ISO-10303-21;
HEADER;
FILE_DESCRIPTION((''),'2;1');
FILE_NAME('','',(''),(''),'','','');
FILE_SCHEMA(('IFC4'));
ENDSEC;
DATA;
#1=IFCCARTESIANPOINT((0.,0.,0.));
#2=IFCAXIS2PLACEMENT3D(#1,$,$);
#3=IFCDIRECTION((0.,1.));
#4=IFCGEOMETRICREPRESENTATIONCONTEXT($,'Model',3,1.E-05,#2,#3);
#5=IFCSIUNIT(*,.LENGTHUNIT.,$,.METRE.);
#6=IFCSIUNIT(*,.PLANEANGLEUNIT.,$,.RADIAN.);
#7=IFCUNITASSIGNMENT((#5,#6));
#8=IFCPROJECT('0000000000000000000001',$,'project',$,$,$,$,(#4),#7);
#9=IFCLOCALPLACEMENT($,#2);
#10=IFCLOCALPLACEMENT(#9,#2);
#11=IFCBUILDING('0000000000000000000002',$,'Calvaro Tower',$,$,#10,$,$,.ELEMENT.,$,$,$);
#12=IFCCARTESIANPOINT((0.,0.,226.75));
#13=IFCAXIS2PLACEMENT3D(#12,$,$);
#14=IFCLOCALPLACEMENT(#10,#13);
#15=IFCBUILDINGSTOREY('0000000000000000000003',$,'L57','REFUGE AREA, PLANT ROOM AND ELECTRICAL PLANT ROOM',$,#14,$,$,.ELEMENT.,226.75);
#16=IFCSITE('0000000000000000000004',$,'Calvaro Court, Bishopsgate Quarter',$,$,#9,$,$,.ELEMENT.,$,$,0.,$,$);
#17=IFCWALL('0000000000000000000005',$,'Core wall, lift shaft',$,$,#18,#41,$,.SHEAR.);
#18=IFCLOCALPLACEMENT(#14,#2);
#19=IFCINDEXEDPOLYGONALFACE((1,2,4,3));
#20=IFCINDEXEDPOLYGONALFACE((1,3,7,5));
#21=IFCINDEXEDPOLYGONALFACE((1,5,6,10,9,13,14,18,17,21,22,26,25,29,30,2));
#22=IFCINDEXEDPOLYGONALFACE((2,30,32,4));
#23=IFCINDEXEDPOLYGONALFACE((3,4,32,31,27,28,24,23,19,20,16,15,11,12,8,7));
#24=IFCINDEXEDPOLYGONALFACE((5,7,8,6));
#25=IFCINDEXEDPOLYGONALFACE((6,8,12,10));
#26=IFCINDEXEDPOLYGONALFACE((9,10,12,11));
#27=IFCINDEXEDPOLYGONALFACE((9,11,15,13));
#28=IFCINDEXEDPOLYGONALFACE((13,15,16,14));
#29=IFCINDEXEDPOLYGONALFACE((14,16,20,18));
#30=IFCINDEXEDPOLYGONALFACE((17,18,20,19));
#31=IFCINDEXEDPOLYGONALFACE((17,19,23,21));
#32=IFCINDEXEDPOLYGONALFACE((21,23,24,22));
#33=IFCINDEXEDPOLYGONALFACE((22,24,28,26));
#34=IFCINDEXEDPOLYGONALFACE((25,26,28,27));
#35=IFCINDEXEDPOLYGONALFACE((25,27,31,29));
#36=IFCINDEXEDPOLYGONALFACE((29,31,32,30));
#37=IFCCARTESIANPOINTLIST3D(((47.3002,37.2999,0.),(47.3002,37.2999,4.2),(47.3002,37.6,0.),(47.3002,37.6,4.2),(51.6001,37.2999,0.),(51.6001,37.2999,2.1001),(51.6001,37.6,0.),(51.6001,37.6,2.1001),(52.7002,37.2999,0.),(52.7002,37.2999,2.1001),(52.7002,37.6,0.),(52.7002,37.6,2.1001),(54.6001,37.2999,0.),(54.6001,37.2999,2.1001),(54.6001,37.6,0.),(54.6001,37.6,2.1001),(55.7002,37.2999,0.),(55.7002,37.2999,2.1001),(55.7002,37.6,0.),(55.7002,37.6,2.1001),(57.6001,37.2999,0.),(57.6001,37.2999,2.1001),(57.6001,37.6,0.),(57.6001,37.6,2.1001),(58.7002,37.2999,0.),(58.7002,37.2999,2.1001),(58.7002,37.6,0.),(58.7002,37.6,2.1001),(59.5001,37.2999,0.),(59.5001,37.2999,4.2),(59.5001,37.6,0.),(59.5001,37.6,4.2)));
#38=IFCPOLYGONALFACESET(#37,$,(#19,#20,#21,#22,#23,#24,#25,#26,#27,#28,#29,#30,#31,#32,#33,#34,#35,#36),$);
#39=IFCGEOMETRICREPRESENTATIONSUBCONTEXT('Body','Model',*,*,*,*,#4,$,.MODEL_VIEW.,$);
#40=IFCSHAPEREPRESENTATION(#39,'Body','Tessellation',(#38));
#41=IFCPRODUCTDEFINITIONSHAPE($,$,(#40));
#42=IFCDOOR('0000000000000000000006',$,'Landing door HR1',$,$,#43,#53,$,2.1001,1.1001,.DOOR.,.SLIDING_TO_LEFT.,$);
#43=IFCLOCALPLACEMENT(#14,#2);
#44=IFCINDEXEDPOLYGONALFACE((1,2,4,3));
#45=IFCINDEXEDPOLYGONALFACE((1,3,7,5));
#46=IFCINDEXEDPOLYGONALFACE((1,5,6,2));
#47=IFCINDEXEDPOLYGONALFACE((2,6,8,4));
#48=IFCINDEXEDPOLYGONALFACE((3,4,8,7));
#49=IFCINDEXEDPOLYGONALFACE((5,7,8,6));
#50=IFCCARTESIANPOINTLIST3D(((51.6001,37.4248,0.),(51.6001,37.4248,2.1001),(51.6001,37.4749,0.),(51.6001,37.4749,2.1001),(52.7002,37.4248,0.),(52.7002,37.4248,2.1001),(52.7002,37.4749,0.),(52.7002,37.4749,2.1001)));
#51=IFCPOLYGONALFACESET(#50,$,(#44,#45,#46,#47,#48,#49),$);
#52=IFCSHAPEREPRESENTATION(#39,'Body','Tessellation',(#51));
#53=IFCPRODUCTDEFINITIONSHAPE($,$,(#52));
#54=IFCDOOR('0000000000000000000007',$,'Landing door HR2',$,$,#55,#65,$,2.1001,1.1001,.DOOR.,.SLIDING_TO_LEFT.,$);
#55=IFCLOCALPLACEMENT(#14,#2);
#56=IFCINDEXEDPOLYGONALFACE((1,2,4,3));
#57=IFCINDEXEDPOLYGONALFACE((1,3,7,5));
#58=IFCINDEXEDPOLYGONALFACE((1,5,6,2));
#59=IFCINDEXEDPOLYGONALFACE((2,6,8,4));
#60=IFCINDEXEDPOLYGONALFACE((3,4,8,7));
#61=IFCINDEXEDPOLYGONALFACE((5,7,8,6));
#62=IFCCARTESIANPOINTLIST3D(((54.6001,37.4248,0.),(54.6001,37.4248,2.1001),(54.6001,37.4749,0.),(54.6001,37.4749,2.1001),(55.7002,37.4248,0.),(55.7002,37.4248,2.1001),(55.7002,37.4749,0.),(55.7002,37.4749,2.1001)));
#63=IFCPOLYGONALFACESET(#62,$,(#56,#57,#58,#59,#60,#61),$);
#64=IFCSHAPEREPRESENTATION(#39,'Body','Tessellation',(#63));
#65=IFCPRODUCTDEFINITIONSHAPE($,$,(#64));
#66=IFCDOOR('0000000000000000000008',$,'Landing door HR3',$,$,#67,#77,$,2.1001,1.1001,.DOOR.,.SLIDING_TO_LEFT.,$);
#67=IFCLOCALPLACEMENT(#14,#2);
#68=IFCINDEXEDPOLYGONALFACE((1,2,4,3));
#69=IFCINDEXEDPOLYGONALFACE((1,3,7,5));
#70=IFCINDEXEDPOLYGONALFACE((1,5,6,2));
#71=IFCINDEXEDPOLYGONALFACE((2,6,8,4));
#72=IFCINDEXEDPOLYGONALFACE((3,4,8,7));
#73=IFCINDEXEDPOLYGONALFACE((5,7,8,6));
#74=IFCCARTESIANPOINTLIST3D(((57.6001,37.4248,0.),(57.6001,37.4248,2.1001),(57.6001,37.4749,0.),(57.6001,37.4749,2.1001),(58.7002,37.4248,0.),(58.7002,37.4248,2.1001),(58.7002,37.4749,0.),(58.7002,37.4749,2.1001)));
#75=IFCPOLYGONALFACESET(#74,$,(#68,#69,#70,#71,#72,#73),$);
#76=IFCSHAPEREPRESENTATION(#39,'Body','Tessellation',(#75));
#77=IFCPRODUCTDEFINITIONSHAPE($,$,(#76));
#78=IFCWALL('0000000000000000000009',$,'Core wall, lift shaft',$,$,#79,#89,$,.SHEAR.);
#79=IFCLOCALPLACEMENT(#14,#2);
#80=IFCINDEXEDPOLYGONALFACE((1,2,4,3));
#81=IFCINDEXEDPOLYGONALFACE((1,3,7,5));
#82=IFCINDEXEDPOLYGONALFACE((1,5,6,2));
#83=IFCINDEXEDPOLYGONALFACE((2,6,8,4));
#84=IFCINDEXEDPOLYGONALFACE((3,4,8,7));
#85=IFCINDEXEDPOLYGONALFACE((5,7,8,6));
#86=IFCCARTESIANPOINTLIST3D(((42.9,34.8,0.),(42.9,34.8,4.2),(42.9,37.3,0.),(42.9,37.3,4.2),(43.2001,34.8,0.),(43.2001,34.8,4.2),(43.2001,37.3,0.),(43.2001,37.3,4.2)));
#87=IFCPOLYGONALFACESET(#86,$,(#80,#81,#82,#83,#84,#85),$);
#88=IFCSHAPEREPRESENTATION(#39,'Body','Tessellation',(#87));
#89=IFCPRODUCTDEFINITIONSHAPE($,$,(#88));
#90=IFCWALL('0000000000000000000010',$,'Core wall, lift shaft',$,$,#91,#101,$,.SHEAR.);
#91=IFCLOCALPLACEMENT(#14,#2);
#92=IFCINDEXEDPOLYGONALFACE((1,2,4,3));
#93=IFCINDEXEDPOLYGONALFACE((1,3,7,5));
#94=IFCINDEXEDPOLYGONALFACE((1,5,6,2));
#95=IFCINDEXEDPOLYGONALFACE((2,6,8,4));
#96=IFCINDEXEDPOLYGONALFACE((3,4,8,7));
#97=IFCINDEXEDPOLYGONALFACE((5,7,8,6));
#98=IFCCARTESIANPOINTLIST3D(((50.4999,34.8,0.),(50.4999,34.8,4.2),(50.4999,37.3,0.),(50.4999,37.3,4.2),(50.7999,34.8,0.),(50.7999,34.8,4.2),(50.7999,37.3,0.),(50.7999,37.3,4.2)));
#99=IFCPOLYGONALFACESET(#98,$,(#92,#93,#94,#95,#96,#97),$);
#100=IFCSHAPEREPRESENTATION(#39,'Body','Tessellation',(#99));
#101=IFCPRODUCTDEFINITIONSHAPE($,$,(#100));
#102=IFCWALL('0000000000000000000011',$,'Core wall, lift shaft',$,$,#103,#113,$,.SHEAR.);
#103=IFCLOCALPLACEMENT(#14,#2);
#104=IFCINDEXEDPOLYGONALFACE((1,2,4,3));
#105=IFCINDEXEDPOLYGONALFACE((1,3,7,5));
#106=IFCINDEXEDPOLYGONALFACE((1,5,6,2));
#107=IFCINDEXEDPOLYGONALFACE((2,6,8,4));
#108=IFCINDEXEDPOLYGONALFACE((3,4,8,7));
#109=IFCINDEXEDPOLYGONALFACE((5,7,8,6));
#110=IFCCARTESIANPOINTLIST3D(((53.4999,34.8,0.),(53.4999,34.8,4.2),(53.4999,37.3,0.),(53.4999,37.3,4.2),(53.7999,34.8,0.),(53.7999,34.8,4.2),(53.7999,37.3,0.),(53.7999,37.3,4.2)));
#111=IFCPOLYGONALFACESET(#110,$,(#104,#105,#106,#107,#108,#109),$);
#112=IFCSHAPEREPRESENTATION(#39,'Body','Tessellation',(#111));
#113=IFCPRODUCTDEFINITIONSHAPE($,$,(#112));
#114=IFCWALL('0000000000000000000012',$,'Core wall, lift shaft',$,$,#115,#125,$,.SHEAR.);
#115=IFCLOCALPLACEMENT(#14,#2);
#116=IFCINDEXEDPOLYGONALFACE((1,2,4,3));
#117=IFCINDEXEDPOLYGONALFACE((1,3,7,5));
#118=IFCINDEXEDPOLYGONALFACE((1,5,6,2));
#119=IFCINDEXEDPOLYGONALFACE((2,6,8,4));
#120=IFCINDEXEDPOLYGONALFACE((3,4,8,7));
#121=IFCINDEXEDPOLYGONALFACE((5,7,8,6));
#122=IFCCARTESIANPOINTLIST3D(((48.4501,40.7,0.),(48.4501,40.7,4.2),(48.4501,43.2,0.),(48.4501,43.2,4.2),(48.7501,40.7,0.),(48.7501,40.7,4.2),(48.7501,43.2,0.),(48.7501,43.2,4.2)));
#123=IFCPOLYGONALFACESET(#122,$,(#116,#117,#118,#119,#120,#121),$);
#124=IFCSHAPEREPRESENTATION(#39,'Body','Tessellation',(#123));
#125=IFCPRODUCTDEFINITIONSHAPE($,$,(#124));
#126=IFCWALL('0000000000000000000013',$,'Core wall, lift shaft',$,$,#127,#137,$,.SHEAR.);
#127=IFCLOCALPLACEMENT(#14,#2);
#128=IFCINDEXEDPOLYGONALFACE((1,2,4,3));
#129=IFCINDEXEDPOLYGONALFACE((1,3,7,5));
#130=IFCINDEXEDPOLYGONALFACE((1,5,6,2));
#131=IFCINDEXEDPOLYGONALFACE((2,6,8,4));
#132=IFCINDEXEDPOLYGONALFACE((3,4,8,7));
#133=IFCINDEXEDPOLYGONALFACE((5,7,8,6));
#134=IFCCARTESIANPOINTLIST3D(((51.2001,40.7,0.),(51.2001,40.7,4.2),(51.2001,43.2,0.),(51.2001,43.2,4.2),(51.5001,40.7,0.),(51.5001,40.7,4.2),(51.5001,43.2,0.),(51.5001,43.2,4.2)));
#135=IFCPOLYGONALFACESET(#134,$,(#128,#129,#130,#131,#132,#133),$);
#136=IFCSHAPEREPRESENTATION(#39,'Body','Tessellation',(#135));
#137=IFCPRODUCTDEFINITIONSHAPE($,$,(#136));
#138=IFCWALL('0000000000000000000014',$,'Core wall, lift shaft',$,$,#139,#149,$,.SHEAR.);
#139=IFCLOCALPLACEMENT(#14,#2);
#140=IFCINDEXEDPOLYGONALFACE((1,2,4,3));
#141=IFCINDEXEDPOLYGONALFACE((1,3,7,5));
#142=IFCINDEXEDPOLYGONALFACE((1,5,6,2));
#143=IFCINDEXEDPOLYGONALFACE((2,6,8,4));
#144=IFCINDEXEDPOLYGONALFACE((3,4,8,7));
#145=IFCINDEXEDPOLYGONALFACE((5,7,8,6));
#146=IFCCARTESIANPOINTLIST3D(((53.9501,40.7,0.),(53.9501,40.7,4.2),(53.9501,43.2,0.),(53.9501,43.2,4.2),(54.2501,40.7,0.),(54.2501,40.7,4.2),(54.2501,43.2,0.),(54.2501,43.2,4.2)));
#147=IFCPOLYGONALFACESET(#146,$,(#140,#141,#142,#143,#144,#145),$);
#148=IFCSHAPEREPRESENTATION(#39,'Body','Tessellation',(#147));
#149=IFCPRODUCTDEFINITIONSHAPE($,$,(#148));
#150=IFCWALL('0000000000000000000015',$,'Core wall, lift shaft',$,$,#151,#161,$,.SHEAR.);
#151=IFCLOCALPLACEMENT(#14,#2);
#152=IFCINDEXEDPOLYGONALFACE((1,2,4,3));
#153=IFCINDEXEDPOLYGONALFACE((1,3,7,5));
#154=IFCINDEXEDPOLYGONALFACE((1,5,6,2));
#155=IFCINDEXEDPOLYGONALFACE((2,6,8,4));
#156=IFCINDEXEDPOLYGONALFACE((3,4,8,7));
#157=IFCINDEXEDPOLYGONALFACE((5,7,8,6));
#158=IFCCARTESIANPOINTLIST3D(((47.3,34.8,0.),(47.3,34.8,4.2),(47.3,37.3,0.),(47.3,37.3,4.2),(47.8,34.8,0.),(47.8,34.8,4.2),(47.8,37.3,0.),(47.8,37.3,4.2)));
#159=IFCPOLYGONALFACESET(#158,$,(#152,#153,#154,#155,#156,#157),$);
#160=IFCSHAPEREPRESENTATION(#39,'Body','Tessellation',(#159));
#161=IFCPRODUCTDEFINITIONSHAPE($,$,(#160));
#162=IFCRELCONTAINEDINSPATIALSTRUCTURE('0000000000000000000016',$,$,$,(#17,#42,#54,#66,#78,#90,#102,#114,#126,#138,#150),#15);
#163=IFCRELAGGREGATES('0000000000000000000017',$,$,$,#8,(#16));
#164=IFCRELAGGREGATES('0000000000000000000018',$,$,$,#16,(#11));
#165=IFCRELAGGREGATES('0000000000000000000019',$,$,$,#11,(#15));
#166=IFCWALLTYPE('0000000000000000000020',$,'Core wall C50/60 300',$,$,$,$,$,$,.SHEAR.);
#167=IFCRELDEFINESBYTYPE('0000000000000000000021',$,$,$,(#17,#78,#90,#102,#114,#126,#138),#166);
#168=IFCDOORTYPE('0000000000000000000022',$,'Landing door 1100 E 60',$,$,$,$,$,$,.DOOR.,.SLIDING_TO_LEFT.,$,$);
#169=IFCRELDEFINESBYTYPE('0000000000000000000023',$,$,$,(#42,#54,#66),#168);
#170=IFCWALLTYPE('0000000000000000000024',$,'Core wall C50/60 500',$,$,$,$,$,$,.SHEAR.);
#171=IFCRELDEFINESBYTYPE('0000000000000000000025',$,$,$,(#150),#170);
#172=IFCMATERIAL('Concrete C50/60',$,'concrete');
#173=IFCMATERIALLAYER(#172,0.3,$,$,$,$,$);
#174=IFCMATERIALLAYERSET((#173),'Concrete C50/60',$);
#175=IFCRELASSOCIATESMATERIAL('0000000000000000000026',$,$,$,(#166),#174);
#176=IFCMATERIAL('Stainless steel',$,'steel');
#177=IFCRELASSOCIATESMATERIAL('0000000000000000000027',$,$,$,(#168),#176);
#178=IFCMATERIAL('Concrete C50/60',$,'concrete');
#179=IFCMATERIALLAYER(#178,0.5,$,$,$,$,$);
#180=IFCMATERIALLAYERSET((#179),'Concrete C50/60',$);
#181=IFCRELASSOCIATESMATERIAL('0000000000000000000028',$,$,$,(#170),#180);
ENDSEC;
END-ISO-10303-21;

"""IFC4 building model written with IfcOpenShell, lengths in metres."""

from ifc_helpers import new_model, si_unit, direction, frame, frame_2d, origin, place, context, subcontext, project, spatial, rectangle, extrude, material, layer, layer_set, type_object, element, fill, save


model = new_model("IFC4")

# Units and contexts
model_context = context("Model", 3, precision=1e-05, world=origin(), true_north=direction((0.0, 1.0)))
body_context = subcontext(model_context, "Body", "Model", "MODEL_VIEW")
ifc_project = project(units=[si_unit("LENGTHUNIT", "METRE"), si_unit("PLANEANGLEUNIT", "RADIAN")], contexts=[model_context])

# Site, building, storey
site_placement = place(None, origin())
site = spatial("IfcSite", under=ifc_project, at=site_placement, Name="Calvaro Court, Bishopsgate Quarter", CompositionType="ELEMENT", RefElevation=0.0)
building_placement = place(site_placement, origin())
building = spatial("IfcBuilding", under=site, at=building_placement, Name="Calvaro Tower", CompositionType="ELEMENT")
storey_placement = place(building_placement, frame((0.0, 0.0, 226.75)))
storey = spatial("IfcBuildingStorey", under=building, at=storey_placement, Name="L57", Description="REFUGE AREA, PLANT ROOM AND ELECTRICAL PLANT ROOM", CompositionType="ELEMENT", Elevation=226.75)

# Shared definitions
ifc_material_1 = material(Name="Concrete C50/60", Category="concrete")
ifc_layer_1 = layer(ifc_material_1, 0.3)
ifc_layer_set_1 = layer_set([ifc_layer_1], Name="Concrete C50/60")
wall_type_1 = type_object("IfcWallType", Name="Core wall C50/60 300", PredefinedType="SHEAR", material=ifc_layer_set_1)
ifc_material_2 = material(Name="Stainless steel", Category="steel")
door_type_1 = type_object("IfcDoorType", Name="Landing door 1100 E 60", OperationType="SLIDING_TO_LEFT", PredefinedType="DOOR", material=ifc_material_2)

# Wall, openings, doors
wall_1_placement = place(storey_placement, frame((47.3, 37.45, 0.0), z_axis=(0.0, 0.0, 1.0), x_axis=(1.0, 0.0, 0.0)))
wall_1 = element("IfcWall", 1, at=wall_1_placement, inside=storey, type_object=wall_type_1, Name="Core wall, lift shaft", PredefinedType="SHEAR", context=body_context, shape_type="SweptSolid", body=[
    extrude(rectangle(XDim=12.2, YDim=0.3, at=frame_2d((6.1001, 0.0))), origin(), (0.0, 0.0, 1.0), 4.2),
])
opening_1_placement = place(wall_1_placement, frame((4.3, 0.0, 0.0)))
opening_1 = element("IfcOpeningElement", 2, at=opening_1_placement, cuts=wall_1, PredefinedType="OPENING", context=body_context, shape_type="SweptSolid", body=[
    extrude(rectangle(XDim=1.1001, YDim=2.1001, at=frame_2d((0.55, 1.05))), frame((0.0, 0.1599, 0.0), z_axis=(0.0, -1.0, 0.0), x_axis=(1.0, 0.0, 0.0)), (0.0, 0.0, 1.0), 0.3201),
])
opening_2_placement = place(wall_1_placement, frame((7.3, 0.0, 0.0)))
opening_2 = element("IfcOpeningElement", 3, at=opening_2_placement, cuts=wall_1, PredefinedType="OPENING", context=body_context, shape_type="SweptSolid", body=[
    extrude(rectangle(XDim=1.1001, YDim=2.1001, at=frame_2d((0.55, 1.05))), frame((0.0, 0.1599, 0.0), z_axis=(0.0, -1.0, 0.0), x_axis=(1.0, 0.0, 0.0)), (0.0, 0.0, 1.0), 0.3201),
])
opening_3_placement = place(wall_1_placement, frame((10.3, 0.0, 0.0)))
opening_3 = element("IfcOpeningElement", 4, at=opening_3_placement, cuts=wall_1, PredefinedType="OPENING", context=body_context, shape_type="SweptSolid", body=[
    extrude(rectangle(XDim=1.1001, YDim=2.1001, at=frame_2d((0.55, 1.05))), frame((0.0, 0.1599, 0.0), z_axis=(0.0, -1.0, 0.0), x_axis=(1.0, 0.0, 0.0)), (0.0, 0.0, 1.0), 0.3201),
])
door_1_placement = place(opening_1_placement, origin())
door_1 = element("IfcDoor", 5, at=door_1_placement, inside=storey, type_object=door_type_1, Name="Landing door HR1", OperationType="SLIDING_TO_LEFT", OverallHeight=2.1001, OverallWidth=1.1001, PredefinedType="DOOR", context=body_context, shape_type="SweptSolid", body=[
    extrude(rectangle(XDim=1.1001, YDim=2.1001, at=frame_2d((0.55, 1.05))), frame((0.0, 0.0249, 0.0), z_axis=(0.0, -1.0, 0.0), x_axis=(1.0, 0.0, 0.0)), (0.0, 0.0, 1.0), 0.05),
])
fill(opening_1, door_1)
door_2_placement = place(opening_2_placement, origin())
door_2 = element("IfcDoor", 6, at=door_2_placement, inside=storey, type_object=door_type_1, Name="Landing door HR2", OperationType="SLIDING_TO_LEFT", OverallHeight=2.1001, OverallWidth=1.1001, PredefinedType="DOOR", context=body_context, shape_type="SweptSolid", body=[
    extrude(rectangle(XDim=1.1001, YDim=2.1001, at=frame_2d((0.55, 1.05))), frame((0.0, 0.0249, 0.0), z_axis=(0.0, -1.0, 0.0), x_axis=(1.0, 0.0, 0.0)), (0.0, 0.0, 1.0), 0.05),
])
fill(opening_2, door_2)
door_3_placement = place(opening_3_placement, origin())
door_3 = element("IfcDoor", 7, at=door_3_placement, inside=storey, type_object=door_type_1, Name="Landing door HR3", OperationType="SLIDING_TO_LEFT", OverallHeight=2.1001, OverallWidth=1.1001, PredefinedType="DOOR", context=body_context, shape_type="SweptSolid", body=[
    extrude(rectangle(XDim=1.1001, YDim=2.1001, at=frame_2d((0.55, 1.05))), frame((0.0, 0.0249, 0.0), z_axis=(0.0, -1.0, 0.0), x_axis=(1.0, 0.0, 0.0)), (0.0, 0.0, 1.0), 0.05),
])
fill(opening_3, door_3)

# Walls
for number, where, z_axis, x_axis, name in (
    (8, (43.05, 34.8, 0.0), (0.0, 0.0, 1.0), (0.0, 1.0, 0.0), "Core wall, lift shaft"),
    (9, (50.6499, 34.8, 0.0), (0.0, 0.0, 1.0), (0.0, 1.0, 0.0), "Core wall, lift shaft"),
    (10, (53.6499, 34.8, 0.0), (0.0, 0.0, 1.0), (0.0, 1.0, 0.0), "Core wall, lift shaft"),
    (11, (48.6001, 40.7, 0.0), (0.0, 0.0, 1.0), (0.0, 1.0, 0.0), "Core wall, lift shaft"),
    (12, (51.3501, 40.7, 0.0), (0.0, 0.0, 1.0), (0.0, 1.0, 0.0), "Core wall, lift shaft"),
    (13, (54.1001, 40.7, 0.0), (0.0, 0.0, 1.0), (0.0, 1.0, 0.0), "Core wall, lift shaft"),
):
    element("IfcWall", number, at=place(storey_placement, frame(where, z_axis=z_axis, x_axis=x_axis)), inside=storey, type_object=wall_type_1, Name=name, PredefinedType="SHEAR", context=body_context, shape_type="SweptSolid", body=[
        extrude(rectangle(XDim=2.5, YDim=0.3, at=frame_2d((1.25, 0.0))), origin(), (0.0, 0.0, 1.0), 4.2),
    ])
ifc_material_3 = material(Name="Concrete C50/60", Category="concrete")
ifc_layer_2 = layer(ifc_material_3, 0.5)
ifc_layer_set_2 = layer_set([ifc_layer_2], Name="Concrete C50/60")
wall_type_2 = type_object("IfcWallType", Name="Core wall C50/60 500", PredefinedType="SHEAR", material=ifc_layer_set_2)
wall_2_placement = place(storey_placement, frame((47.55, 34.8, 0.0), z_axis=(0.0, 0.0, 1.0), x_axis=(0.0, 1.0, 0.0)))
element("IfcWall", 14, at=wall_2_placement, inside=storey, type_object=wall_type_2, Name="Core wall, lift shaft", PredefinedType="SHEAR", context=body_context, shape_type="SweptSolid", body=[
    extrude(rectangle(XDim=2.5, YDim=0.5, at=frame_2d((1.25, 0.0))), origin(), (0.0, 0.0, 1.0), 4.2),
])

save(model, "model.ifc")
